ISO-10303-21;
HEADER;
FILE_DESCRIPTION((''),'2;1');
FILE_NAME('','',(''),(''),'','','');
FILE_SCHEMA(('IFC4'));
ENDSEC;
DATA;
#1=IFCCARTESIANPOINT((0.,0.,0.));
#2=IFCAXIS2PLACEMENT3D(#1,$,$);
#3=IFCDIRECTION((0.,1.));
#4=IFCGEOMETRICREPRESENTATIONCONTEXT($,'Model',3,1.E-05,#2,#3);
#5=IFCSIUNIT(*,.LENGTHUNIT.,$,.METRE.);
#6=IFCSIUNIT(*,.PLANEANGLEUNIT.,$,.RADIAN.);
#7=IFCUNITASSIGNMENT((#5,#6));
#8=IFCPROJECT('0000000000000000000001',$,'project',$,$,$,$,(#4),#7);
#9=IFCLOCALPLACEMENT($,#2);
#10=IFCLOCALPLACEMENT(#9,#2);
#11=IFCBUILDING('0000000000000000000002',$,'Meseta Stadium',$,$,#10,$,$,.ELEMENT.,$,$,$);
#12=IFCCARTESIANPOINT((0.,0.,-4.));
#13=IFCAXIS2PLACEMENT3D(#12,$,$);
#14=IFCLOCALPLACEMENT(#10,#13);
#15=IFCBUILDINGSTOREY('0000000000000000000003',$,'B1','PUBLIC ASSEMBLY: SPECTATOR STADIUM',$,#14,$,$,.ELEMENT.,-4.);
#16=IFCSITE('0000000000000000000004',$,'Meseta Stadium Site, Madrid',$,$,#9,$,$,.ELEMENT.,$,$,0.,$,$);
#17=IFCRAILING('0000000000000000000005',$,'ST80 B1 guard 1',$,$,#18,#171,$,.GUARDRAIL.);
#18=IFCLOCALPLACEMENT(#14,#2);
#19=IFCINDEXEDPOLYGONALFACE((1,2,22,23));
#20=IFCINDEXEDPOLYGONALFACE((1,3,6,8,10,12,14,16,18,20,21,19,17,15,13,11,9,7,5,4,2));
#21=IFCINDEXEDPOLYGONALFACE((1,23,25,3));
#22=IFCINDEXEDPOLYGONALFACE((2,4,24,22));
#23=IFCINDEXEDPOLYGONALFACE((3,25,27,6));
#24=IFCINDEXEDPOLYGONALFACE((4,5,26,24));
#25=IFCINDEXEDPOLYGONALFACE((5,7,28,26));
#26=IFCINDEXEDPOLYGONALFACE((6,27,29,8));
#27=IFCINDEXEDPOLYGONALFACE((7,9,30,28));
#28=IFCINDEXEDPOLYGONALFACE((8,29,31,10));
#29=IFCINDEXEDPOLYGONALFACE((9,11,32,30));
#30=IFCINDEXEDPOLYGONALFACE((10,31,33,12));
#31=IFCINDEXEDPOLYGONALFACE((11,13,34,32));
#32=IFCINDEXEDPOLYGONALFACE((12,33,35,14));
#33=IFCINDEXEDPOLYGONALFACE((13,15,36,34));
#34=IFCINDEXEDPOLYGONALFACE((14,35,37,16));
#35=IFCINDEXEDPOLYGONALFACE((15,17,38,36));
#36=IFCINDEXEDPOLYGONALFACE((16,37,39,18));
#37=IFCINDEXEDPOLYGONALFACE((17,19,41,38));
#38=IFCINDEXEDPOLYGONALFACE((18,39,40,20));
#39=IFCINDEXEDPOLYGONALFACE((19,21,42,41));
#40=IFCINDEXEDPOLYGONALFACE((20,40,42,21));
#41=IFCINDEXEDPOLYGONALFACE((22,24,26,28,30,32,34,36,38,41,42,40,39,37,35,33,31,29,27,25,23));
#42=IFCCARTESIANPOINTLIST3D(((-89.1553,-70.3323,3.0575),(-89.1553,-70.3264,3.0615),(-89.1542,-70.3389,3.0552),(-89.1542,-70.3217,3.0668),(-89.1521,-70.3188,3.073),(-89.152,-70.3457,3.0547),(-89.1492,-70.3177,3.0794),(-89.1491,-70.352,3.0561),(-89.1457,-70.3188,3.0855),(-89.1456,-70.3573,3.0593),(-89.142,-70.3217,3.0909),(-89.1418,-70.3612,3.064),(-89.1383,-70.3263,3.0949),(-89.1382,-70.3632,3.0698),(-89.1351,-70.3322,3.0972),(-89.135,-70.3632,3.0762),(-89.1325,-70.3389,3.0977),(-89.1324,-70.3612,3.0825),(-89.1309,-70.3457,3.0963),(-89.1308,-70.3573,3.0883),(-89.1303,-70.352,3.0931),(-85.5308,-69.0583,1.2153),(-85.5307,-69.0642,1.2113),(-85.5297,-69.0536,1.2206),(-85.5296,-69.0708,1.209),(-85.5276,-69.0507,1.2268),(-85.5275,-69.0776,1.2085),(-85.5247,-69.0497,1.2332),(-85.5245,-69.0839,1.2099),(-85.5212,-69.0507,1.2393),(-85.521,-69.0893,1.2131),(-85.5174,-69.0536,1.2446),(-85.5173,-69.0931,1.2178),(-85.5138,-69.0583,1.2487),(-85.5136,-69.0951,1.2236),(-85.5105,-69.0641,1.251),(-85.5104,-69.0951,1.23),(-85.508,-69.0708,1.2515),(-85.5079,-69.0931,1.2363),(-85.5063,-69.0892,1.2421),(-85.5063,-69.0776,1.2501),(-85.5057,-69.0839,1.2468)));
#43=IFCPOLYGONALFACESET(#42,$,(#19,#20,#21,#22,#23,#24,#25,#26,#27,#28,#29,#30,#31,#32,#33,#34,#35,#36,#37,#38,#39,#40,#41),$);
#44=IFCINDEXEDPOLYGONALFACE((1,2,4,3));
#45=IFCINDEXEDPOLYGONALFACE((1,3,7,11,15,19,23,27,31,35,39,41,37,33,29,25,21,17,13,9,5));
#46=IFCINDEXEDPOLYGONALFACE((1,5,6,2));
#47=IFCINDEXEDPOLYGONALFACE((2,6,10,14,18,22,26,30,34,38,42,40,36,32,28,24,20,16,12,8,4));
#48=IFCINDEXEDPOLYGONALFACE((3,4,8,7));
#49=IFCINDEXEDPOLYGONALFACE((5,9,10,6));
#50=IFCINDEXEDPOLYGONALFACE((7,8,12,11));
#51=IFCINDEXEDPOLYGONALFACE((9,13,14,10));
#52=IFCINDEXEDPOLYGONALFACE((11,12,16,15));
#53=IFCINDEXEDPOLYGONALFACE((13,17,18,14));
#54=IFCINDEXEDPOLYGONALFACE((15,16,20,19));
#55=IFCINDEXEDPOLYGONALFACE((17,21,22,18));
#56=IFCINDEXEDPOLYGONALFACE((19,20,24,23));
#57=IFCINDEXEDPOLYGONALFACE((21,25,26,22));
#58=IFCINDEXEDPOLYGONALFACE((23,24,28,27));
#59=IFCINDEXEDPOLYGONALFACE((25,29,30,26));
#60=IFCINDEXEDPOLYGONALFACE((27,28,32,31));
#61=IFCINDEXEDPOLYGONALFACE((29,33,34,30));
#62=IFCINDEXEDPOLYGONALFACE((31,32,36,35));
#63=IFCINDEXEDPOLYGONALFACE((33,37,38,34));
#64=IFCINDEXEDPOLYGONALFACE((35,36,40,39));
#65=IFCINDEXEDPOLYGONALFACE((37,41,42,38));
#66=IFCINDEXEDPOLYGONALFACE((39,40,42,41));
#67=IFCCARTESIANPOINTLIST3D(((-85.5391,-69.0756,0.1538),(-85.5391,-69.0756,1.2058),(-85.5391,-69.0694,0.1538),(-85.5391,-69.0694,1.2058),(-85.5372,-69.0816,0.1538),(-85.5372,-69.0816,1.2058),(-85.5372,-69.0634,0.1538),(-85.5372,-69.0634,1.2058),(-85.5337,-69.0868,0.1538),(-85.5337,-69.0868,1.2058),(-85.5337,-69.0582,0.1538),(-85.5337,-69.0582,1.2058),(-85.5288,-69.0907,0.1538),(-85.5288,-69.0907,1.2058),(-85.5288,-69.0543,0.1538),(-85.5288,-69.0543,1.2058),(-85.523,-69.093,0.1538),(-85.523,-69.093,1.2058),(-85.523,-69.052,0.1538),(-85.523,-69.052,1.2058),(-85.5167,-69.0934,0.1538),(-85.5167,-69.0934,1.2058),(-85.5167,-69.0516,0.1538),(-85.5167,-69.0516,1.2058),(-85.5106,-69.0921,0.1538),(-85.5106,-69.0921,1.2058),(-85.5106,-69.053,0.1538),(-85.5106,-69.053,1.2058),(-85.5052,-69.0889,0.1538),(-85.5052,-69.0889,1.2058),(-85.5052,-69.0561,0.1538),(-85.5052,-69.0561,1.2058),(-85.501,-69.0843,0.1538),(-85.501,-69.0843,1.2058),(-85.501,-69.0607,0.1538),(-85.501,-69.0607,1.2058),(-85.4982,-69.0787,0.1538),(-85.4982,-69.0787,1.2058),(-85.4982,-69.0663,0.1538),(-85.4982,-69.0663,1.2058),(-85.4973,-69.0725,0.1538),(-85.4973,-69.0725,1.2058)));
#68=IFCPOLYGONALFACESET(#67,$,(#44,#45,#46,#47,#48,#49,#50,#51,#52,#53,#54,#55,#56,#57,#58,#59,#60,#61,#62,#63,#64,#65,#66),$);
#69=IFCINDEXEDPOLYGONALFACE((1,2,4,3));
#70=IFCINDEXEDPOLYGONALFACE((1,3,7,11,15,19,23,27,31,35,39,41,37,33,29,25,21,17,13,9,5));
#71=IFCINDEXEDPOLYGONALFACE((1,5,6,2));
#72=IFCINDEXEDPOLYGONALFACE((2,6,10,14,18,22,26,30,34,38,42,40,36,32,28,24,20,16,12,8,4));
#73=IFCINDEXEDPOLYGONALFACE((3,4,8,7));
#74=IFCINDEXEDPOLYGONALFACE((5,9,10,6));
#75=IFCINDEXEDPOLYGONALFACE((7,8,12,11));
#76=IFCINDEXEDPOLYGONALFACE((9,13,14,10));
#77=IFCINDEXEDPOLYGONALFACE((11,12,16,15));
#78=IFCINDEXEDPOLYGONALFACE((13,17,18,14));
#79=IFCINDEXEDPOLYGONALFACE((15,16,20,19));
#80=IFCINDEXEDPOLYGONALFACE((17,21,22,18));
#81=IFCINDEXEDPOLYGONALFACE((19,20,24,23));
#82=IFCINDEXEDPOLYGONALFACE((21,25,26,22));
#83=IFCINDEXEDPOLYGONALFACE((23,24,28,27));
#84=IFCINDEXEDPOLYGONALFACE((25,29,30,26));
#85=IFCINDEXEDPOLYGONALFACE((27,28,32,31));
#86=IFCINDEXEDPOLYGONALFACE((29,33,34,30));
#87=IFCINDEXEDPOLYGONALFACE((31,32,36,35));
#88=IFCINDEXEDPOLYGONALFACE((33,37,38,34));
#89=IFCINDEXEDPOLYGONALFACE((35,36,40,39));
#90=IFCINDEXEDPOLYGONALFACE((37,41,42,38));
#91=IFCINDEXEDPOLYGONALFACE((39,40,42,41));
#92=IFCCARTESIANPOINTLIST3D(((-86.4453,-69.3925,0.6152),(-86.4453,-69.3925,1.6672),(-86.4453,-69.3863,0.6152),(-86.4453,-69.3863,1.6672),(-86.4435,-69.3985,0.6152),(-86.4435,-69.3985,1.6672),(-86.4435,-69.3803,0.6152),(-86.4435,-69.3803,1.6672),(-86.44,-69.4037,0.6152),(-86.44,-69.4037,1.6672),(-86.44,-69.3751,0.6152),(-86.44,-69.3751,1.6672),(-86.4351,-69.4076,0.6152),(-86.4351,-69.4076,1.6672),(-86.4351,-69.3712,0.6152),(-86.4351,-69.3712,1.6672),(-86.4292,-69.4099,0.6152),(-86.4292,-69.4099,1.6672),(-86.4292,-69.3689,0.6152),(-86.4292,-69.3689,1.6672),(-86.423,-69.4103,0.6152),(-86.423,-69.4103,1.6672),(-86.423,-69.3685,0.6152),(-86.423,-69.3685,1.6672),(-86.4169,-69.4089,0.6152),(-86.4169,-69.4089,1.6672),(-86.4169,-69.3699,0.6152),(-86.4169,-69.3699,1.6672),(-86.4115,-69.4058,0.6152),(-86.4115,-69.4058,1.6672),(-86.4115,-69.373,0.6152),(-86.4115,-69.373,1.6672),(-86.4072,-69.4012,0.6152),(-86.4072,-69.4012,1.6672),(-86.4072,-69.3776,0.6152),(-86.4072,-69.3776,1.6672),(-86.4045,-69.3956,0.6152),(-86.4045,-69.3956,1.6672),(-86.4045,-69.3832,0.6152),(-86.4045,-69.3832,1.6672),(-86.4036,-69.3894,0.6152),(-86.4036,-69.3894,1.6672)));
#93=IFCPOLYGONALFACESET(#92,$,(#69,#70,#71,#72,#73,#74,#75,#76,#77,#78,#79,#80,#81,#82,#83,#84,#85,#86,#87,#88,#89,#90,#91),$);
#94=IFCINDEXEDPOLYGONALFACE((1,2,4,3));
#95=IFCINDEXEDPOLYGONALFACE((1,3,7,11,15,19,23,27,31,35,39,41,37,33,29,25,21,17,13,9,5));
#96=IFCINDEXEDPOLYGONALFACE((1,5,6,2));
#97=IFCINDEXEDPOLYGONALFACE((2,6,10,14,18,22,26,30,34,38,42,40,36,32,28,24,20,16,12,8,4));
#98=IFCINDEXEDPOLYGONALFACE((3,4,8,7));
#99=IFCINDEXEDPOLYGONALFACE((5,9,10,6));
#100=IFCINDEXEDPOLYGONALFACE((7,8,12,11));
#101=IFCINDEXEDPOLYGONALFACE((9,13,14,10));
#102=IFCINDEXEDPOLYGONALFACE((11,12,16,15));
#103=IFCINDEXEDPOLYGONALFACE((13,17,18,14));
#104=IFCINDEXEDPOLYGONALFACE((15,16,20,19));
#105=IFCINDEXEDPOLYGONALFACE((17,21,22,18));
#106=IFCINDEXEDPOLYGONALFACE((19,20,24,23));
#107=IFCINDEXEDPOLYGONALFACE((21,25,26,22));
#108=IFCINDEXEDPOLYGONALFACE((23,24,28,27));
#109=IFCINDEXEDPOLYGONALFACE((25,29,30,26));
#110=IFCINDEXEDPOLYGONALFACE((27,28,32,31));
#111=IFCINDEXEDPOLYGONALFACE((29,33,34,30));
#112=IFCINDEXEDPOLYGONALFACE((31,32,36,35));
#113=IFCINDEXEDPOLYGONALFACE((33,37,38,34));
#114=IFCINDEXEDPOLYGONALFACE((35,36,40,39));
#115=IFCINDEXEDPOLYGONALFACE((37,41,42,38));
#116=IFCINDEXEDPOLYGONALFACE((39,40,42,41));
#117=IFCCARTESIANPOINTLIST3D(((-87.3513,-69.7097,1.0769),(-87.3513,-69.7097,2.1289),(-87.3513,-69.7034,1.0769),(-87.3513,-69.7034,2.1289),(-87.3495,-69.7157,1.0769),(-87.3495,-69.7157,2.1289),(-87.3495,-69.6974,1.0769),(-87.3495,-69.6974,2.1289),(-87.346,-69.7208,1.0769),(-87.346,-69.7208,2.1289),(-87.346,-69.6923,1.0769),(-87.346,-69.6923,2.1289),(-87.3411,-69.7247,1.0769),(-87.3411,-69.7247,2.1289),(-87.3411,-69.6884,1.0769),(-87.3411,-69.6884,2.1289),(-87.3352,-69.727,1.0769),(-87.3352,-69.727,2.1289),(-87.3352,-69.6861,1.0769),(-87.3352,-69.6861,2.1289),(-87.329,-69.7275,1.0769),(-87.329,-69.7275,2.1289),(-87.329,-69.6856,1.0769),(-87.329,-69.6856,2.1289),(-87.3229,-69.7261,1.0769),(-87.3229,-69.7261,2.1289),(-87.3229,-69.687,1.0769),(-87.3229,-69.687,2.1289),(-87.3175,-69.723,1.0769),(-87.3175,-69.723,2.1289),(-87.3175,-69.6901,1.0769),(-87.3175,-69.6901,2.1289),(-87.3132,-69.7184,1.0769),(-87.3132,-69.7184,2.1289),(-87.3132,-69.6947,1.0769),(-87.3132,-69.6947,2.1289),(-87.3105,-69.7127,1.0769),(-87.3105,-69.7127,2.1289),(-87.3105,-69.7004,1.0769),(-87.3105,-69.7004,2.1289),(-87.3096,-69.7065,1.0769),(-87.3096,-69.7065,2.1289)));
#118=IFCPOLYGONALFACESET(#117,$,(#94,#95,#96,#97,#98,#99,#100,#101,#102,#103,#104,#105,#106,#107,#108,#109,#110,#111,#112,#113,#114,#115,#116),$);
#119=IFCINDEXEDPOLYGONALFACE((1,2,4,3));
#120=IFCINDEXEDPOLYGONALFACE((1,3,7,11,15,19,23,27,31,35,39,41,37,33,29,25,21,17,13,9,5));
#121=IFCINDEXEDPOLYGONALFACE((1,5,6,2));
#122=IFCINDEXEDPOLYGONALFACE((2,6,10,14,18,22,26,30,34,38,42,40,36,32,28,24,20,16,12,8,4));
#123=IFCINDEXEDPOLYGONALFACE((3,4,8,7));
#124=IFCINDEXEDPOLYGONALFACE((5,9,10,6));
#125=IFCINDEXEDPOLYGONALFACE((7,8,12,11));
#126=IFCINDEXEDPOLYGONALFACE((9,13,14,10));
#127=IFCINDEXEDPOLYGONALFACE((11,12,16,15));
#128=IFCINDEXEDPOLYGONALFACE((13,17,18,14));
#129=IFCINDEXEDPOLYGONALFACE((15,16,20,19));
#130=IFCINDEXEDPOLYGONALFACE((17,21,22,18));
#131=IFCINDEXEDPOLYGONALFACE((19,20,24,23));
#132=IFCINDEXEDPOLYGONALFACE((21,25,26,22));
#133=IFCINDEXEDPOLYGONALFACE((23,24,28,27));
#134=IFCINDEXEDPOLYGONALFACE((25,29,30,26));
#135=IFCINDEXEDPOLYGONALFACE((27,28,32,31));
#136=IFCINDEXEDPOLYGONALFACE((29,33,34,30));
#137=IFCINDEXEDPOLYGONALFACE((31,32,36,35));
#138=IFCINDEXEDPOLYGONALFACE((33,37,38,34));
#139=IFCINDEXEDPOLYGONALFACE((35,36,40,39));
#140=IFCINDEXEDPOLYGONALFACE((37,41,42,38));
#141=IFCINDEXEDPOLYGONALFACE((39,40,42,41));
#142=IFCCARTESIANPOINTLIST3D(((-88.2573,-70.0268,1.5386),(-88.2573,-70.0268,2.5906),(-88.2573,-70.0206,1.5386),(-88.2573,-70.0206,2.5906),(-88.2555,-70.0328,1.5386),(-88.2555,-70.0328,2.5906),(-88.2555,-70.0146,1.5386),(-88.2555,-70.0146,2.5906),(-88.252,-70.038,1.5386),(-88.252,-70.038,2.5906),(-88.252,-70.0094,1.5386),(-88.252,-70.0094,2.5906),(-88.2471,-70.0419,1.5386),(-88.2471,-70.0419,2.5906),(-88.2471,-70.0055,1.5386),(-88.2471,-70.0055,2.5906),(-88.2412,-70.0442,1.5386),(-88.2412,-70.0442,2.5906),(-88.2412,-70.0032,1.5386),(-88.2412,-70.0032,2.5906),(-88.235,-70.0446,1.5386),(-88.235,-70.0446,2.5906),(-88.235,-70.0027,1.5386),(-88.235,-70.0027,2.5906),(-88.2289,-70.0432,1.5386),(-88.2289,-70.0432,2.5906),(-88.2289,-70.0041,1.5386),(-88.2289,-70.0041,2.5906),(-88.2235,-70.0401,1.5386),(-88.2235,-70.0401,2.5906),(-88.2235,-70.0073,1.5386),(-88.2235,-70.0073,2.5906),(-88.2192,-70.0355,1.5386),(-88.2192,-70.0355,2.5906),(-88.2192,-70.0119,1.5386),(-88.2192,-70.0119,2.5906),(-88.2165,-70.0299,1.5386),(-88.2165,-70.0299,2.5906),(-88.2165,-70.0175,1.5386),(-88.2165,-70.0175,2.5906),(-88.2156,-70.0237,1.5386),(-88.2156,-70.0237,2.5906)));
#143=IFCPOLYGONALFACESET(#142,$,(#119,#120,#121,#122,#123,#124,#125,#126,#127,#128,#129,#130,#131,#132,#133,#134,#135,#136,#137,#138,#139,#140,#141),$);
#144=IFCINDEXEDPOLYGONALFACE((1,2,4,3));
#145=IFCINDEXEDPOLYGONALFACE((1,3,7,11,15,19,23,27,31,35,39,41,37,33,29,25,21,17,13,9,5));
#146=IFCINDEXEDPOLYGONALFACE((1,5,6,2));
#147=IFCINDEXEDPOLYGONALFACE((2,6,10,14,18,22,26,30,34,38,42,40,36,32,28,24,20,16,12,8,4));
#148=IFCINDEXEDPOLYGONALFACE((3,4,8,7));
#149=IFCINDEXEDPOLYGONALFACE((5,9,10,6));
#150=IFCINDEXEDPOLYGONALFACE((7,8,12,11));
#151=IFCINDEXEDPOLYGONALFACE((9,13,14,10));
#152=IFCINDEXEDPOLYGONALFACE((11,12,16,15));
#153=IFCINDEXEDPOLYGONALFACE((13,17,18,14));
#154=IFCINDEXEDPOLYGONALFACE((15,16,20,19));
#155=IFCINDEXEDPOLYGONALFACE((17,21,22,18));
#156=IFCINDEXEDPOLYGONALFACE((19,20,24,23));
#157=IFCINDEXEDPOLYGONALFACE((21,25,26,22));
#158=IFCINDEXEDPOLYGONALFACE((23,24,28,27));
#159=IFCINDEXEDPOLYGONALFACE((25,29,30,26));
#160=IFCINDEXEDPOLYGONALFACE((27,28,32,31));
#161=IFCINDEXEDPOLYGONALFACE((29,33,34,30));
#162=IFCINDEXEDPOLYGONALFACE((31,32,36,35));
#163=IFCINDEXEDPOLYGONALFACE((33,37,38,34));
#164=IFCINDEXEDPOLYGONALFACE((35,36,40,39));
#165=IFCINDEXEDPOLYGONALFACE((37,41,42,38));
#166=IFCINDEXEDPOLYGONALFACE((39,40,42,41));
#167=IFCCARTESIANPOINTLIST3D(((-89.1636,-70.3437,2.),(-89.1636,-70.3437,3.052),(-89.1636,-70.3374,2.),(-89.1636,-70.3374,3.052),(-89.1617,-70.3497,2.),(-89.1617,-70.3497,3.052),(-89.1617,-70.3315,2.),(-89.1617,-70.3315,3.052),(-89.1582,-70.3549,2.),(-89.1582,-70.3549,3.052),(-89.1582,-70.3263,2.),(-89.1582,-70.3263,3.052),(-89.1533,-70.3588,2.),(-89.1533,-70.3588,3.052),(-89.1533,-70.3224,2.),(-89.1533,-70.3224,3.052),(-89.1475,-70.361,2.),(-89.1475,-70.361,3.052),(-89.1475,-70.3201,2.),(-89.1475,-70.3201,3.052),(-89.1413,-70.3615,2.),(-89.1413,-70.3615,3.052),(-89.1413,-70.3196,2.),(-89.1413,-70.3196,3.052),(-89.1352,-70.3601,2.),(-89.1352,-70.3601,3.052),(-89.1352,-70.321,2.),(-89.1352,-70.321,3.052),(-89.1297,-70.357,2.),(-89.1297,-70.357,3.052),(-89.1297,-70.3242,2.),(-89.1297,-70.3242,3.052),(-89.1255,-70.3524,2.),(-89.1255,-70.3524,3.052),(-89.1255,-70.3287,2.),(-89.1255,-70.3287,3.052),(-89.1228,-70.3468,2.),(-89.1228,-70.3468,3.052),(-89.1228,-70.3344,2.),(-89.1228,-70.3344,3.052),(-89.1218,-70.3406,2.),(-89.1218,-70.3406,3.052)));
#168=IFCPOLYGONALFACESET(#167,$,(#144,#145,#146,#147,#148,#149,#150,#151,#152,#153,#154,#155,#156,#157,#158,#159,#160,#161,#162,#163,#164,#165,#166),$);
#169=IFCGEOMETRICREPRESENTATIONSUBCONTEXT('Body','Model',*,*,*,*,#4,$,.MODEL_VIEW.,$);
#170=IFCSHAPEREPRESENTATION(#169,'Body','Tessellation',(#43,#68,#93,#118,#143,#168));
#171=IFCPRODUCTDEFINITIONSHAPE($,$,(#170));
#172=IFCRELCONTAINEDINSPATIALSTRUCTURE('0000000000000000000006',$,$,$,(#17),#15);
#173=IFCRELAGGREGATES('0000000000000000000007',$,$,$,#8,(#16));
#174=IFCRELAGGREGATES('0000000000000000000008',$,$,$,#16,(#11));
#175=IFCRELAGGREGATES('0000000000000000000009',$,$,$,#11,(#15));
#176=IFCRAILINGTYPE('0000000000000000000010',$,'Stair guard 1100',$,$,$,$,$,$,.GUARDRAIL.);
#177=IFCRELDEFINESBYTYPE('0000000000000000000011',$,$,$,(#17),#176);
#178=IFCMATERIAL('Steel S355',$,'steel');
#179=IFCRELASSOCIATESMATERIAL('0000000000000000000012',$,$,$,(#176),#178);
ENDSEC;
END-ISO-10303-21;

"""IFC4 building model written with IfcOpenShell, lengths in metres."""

from ifc_helpers import new_model, si_unit, direction, frame, origin, origin_2d, place, context, subcontext, project, spatial, circle, extrude, material, type_object, element, save


model = new_model("IFC4")

# Units and contexts
model_context = context("Model", 3, precision=1e-05, world=origin(), true_north=direction((0.0, 1.0)))
body_context = subcontext(model_context, "Body", "Model", "MODEL_VIEW")
ifc_project = project(units=[si_unit("LENGTHUNIT", "METRE"), si_unit("PLANEANGLEUNIT", "RADIAN")], contexts=[model_context])

# Site, building, storey
site_placement = place(None, origin())
site = spatial("IfcSite", under=ifc_project, at=site_placement, Name="Meseta Stadium Site, Madrid", CompositionType="ELEMENT", RefElevation=0.0)
building_placement = place(site_placement, origin())
building = spatial("IfcBuilding", under=site, at=building_placement, Name="Meseta Stadium", CompositionType="ELEMENT")
storey_placement = place(building_placement, frame((0.0, 0.0, -4.0)))
storey = spatial("IfcBuildingStorey", under=building, at=storey_placement, Name="B1", Description="PUBLIC ASSEMBLY: SPECTATOR STADIUM", CompositionType="ELEMENT", Elevation=-4.0)

# Railing
ifc_material_1 = material(Name="Steel S355", Category="steel")
railing_type_1 = type_object("IfcRailingType", Name="Stair guard 1100", PredefinedType="GUARDRAIL", material=ifc_material_1)
railing_1_placement = place(storey_placement, frame((-85.5183, -69.0725, 0.1538)))
element("IfcRailing", 1, at=railing_1_placement, inside=storey, type_object=railing_type_1, Name="ST80 B1 guard 1", PredefinedType="GUARDRAIL", context=body_context, shape_type="SweptSolid", body=[
    extrude(circle(Radius=0.0239, at=origin_2d()), frame((0.0, 0.0, 1.0762), z_axis=(-0.850686, -0.29762, 0.433308), x_axis=(0.330231, -0.9439, 0.0)), (0.0, 0.0, 1.0), 4.2607),
    extrude(circle(Radius=0.021, at=origin_2d()), origin(), (0.0, 0.0, 1.0), 1.052),
    extrude(circle(Radius=0.021, at=origin_2d()), frame((-0.9062, -0.3169, 0.4614)), (0.0, 0.0, 1.0), 1.052),
    extrude(circle(Radius=0.021, at=origin_2d()), frame((-1.8123, -0.634, 0.9231)), (0.0, 0.0, 1.0), 1.052),
    extrude(circle(Radius=0.021, at=origin_2d()), frame((-2.7183, -0.9512, 1.3848)), (0.0, 0.0, 1.0), 1.052),
    extrude(circle(Radius=0.021, at=origin_2d()), frame((-3.6245, -1.2681, 1.8462)), (0.0, 0.0, 1.0), 1.052),
])

save(model, "model.ifc")
